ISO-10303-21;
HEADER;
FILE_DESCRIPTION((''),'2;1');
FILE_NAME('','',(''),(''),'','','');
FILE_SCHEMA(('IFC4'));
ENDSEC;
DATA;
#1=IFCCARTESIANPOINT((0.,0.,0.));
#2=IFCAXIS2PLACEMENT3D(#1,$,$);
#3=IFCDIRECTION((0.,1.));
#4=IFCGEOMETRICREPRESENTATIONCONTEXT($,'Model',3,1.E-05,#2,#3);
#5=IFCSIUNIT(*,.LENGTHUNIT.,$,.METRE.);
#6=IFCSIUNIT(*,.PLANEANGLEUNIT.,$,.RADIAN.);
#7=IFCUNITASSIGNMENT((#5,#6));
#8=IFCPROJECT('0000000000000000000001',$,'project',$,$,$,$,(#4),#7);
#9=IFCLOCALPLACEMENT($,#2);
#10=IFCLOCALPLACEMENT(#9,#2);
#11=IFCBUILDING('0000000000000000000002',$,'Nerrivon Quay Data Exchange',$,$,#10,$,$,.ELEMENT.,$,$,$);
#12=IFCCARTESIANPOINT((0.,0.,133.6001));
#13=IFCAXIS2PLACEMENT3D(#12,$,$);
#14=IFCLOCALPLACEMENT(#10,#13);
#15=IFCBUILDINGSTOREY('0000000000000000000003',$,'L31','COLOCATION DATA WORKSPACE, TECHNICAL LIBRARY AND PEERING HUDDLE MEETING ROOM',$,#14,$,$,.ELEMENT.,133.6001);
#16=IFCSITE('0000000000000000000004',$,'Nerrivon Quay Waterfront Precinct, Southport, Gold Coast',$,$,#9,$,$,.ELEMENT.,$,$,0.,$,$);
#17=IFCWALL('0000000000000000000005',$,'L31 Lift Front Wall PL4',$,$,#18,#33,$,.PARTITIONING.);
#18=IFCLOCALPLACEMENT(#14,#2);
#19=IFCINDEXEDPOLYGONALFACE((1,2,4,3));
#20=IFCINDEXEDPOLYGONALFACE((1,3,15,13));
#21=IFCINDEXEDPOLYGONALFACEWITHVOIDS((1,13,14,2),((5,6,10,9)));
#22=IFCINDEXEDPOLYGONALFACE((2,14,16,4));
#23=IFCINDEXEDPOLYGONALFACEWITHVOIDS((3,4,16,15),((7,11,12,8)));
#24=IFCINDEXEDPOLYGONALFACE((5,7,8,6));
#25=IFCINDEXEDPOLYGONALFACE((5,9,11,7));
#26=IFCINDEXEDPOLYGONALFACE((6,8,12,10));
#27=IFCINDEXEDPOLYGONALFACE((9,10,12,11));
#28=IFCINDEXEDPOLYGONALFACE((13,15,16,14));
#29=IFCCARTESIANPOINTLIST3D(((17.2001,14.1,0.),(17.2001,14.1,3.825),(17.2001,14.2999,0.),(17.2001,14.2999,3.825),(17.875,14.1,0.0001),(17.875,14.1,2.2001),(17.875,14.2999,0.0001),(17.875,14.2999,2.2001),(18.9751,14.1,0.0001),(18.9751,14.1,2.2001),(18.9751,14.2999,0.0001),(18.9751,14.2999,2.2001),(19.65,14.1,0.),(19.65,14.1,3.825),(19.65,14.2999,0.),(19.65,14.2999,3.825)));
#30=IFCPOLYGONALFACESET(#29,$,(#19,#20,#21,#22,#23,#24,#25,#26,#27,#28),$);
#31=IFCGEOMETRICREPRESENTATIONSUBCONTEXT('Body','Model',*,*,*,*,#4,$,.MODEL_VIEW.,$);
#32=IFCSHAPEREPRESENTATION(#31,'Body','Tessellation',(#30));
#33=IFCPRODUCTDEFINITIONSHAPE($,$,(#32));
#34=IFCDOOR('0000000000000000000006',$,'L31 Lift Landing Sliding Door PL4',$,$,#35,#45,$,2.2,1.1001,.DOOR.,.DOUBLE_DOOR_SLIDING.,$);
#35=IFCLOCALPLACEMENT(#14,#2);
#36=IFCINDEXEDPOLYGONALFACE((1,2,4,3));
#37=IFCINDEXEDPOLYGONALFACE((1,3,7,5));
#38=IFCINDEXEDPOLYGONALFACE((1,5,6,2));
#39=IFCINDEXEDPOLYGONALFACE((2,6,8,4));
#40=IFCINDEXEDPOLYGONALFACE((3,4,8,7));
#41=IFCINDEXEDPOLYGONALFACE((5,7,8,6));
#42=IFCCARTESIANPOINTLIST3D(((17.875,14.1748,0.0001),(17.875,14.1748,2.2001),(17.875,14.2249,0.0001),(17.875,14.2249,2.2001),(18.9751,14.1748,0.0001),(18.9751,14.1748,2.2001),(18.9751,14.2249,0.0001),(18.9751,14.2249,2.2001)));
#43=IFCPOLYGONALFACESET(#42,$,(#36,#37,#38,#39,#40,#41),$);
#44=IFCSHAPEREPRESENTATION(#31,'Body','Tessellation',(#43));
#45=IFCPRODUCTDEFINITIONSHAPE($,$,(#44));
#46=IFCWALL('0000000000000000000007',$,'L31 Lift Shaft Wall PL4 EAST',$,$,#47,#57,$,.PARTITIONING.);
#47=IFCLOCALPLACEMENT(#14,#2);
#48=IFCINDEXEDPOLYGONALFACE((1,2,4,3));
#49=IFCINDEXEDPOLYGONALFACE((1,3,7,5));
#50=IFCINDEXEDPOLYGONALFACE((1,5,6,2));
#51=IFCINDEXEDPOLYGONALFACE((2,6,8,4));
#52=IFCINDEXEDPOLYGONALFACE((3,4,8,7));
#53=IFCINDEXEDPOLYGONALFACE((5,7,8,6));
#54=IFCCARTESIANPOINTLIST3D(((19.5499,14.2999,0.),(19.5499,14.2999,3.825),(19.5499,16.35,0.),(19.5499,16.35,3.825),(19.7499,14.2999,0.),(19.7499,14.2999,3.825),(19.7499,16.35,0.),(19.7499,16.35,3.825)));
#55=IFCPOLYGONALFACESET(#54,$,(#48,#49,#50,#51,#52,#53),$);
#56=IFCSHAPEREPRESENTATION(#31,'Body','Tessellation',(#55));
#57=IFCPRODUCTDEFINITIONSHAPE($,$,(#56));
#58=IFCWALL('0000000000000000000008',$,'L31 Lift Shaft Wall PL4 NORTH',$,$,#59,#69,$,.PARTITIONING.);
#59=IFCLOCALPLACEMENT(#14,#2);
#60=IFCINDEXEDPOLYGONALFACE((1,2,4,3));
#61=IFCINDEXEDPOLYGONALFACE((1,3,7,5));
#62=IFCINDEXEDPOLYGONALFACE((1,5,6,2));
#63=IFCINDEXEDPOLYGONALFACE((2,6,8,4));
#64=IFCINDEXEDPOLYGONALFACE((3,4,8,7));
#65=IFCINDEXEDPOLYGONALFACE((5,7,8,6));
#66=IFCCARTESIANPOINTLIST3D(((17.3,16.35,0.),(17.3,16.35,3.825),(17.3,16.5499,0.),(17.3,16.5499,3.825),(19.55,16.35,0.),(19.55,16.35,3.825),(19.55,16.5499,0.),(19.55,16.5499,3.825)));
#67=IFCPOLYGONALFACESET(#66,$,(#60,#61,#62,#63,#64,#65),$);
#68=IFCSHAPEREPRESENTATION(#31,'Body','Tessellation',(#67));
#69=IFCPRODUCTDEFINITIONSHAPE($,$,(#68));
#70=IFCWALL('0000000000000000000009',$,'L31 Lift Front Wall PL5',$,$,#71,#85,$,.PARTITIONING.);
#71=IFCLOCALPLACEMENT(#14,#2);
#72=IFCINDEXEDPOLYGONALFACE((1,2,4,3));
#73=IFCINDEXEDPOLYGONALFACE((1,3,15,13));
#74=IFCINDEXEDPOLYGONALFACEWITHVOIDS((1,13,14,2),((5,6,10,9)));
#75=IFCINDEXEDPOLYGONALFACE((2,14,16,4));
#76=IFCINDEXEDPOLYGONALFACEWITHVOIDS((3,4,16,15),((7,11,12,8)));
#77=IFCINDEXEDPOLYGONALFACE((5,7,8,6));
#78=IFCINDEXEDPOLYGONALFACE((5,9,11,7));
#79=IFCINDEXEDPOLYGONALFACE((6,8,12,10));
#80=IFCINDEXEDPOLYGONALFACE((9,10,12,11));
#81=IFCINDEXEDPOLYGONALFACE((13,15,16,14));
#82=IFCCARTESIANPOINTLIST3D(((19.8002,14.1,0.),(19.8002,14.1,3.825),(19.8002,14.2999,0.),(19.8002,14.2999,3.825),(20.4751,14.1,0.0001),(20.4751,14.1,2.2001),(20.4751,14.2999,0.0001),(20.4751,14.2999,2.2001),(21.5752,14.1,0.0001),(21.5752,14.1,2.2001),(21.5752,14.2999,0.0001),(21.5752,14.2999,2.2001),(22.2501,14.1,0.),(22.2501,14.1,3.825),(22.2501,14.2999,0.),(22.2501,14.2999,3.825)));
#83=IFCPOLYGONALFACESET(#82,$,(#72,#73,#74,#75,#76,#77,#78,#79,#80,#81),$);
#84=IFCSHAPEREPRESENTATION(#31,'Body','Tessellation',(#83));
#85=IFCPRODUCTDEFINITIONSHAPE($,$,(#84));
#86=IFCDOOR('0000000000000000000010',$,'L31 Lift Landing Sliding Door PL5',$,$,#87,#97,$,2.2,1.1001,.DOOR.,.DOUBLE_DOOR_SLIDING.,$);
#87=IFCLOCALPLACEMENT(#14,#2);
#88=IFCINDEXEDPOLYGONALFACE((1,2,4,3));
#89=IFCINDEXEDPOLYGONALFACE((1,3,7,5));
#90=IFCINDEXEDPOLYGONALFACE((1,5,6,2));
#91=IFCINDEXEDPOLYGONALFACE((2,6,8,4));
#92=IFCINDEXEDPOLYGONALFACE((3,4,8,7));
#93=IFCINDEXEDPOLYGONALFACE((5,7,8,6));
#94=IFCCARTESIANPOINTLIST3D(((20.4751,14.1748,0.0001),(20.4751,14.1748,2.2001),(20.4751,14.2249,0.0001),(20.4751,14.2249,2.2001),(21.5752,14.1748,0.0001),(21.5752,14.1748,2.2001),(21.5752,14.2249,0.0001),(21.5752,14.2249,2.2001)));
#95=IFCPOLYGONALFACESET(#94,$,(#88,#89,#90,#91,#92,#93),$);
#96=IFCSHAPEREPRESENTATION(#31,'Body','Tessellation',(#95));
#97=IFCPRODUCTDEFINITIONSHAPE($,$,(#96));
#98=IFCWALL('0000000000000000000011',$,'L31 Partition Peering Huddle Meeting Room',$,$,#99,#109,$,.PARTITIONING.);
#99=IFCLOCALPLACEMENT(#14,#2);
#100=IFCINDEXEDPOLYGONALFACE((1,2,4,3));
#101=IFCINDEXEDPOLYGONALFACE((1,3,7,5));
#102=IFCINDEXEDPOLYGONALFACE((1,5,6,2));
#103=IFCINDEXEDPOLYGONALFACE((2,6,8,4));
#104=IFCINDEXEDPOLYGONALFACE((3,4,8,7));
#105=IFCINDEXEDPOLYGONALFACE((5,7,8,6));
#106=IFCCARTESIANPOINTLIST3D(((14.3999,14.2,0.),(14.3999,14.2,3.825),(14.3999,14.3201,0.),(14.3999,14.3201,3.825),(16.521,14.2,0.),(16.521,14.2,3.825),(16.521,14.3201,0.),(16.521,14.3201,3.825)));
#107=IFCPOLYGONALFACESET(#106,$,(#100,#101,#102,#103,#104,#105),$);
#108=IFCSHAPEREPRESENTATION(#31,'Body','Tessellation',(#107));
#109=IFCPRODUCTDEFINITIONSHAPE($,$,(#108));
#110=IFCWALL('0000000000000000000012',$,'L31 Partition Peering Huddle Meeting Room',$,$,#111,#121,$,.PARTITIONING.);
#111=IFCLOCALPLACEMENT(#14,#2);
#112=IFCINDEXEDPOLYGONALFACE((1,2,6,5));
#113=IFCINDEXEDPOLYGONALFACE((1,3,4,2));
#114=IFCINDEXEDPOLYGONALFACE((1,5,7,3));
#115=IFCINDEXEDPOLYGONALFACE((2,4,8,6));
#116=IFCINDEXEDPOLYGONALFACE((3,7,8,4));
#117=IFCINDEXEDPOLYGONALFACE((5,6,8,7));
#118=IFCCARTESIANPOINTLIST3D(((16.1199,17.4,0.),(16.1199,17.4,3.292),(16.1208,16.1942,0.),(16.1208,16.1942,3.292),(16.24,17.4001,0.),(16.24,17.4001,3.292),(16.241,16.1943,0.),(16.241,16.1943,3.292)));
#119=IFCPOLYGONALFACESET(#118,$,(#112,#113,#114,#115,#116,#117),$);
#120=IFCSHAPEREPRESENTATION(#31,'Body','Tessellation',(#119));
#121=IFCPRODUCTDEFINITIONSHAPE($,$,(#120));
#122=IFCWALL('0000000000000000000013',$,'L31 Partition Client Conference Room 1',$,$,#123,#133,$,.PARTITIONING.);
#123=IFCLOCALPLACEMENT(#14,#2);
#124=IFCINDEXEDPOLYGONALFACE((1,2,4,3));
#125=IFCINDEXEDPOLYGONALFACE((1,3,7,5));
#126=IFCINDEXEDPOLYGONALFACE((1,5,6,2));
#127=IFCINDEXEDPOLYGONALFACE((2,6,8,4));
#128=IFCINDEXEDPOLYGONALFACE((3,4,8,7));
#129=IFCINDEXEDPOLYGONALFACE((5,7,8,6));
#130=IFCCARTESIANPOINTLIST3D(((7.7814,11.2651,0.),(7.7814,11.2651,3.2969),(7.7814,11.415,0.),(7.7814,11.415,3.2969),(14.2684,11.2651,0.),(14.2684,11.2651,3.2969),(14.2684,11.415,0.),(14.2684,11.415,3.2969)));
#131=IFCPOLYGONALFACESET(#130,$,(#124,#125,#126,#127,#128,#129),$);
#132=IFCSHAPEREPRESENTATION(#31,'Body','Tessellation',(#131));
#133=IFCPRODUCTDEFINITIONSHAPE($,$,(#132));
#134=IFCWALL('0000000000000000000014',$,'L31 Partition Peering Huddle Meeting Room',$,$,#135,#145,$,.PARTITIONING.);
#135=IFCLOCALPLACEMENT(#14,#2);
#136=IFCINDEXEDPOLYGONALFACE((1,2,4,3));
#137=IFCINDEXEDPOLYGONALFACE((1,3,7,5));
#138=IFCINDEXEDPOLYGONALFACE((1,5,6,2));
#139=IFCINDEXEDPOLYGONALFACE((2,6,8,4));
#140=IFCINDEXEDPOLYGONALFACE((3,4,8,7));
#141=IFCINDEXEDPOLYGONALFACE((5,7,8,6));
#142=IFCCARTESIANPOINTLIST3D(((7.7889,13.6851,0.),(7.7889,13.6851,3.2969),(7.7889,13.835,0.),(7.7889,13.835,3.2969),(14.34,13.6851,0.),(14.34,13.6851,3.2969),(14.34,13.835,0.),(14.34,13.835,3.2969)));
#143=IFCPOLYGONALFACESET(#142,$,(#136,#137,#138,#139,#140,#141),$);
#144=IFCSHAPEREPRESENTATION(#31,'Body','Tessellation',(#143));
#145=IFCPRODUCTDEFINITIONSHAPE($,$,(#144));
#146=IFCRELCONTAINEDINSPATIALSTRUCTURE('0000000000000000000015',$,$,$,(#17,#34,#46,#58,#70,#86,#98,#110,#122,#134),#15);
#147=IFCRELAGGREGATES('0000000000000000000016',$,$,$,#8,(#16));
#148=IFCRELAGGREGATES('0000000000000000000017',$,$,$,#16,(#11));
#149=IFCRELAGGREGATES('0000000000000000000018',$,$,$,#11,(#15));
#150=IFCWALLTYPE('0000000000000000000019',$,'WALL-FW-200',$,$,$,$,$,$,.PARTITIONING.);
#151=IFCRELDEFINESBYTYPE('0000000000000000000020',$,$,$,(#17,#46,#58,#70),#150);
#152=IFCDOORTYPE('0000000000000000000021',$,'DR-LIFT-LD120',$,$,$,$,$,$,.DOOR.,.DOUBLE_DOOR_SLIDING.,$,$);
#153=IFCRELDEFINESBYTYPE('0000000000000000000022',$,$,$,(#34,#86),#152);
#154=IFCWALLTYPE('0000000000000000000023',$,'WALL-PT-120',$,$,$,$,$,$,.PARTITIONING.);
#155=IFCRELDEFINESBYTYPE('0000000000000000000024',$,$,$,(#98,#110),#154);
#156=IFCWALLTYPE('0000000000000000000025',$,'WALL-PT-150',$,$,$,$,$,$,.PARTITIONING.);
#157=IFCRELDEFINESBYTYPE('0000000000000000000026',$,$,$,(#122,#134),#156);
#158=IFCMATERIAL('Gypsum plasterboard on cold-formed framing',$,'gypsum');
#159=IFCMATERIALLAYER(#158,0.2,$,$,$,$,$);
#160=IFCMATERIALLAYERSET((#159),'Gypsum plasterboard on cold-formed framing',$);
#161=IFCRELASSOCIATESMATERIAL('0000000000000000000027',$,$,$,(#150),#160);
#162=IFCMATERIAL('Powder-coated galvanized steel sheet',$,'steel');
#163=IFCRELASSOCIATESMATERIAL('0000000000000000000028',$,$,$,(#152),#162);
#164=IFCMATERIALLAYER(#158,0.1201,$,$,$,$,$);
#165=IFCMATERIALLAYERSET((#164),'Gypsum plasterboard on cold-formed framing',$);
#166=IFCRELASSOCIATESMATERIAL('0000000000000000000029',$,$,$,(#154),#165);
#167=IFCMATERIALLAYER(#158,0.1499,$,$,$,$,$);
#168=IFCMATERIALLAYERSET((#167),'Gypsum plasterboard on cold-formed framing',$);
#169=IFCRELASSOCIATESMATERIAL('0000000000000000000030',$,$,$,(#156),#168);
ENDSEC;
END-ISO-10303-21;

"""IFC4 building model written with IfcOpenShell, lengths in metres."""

from ifc_helpers import new_model, si_unit, direction, frame, frame_2d, origin, place, context, subcontext, project, spatial, rectangle, extrude, material, layer, layer_set, type_object, element, fill, save


model = new_model("IFC4")

# Units and contexts
model_context = context("Model", 3, precision=1e-05, world=origin(), true_north=direction((0.0, 1.0)))
body_context = subcontext(model_context, "Body", "Model", "MODEL_VIEW")
ifc_project = project(units=[si_unit("LENGTHUNIT", "METRE"), si_unit("PLANEANGLEUNIT", "RADIAN")], contexts=[model_context])

# Site, building, storey
site_placement = place(None, origin())
site = spatial("IfcSite", under=ifc_project, at=site_placement, Name="Nerrivon Quay Waterfront Precinct, Southport, Gold Coast", CompositionType="ELEMENT", RefElevation=0.0)
building_placement = place(site_placement, origin())
building = spatial("IfcBuilding", under=site, at=building_placement, Name="Nerrivon Quay Data Exchange", CompositionType="ELEMENT")
storey_placement = place(building_placement, frame((0.0, 0.0, 133.6001)))
storey = spatial("IfcBuildingStorey", under=building, at=storey_placement, Name="L31", Description="COLOCATION DATA WORKSPACE, TECHNICAL LIBRARY AND PEERING HUDDLE MEETING ROOM", CompositionType="ELEMENT", Elevation=133.6001)

# Shared definitions
ifc_material_1 = material(Name="Powder-coated galvanized steel sheet", Category="steel")
ifc_material_2 = material(Name="Gypsum plasterboard on cold-formed framing", Category="gypsum")
ifc_layer_1 = layer(ifc_material_2, 0.2)
ifc_layer_set_1 = layer_set([ifc_layer_1], Name="Gypsum plasterboard on cold-formed framing")
wall_type_1 = type_object("IfcWallType", Name="WALL-FW-200", PredefinedType="PARTITIONING", material=ifc_layer_set_1)
door_type_1 = type_object("IfcDoorType", Name="DR-LIFT-LD120", OperationType="DOUBLE_DOOR_SLIDING", PredefinedType="DOOR", material=ifc_material_1)

# Wall, opening, door
wall_1_placement = place(storey_placement, frame((17.2, 14.2, 0.0), z_axis=(0.0, 0.0, 1.0), x_axis=(1.0, 0.0, 0.0)))
wall_1 = element("IfcWall", 1, at=wall_1_placement, inside=storey, type_object=wall_type_1, Name="L31 Lift Front Wall PL4", PredefinedType="PARTITIONING", context=body_context, shape_type="SweptSolid", body=[
    extrude(rectangle(XDim=2.45, YDim=0.2, at=frame_2d((1.2251, 0.0))), origin(), (0.0, 0.0, 1.0), 3.825),
])
opening_1_placement = place(wall_1_placement, frame((0.675, 0.0, 0.0)))
opening_1 = element("IfcOpeningElement", 2, at=opening_1_placement, cuts=wall_1, PredefinedType="OPENING", context=body_context, shape_type="SweptSolid", body=[
    extrude(rectangle(XDim=1.1001, YDim=2.2, at=frame_2d((0.55, 1.1001))), frame((0.0, 0.1099, 0.0), z_axis=(0.0, -1.0, 0.0), x_axis=(1.0, 0.0, 0.0)), (0.0, 0.0, 1.0), 0.22),
])
door_1_placement = place(opening_1_placement, origin())
door_1 = element("IfcDoor", 3, at=door_1_placement, inside=storey, type_object=door_type_1, Name="L31 Lift Landing Sliding Door PL4", OperationType="DOUBLE_DOOR_SLIDING", OverallHeight=2.2, OverallWidth=1.1001, PredefinedType="DOOR", context=body_context, shape_type="SweptSolid", body=[
    extrude(rectangle(XDim=1.1001, YDim=2.2, at=frame_2d((0.55, 1.1001))), frame((0.0, 0.0249, 0.0), z_axis=(0.0, -1.0, 0.0), x_axis=(1.0, 0.0, 0.0)), (0.0, 0.0, 1.0), 0.05),
])
fill(opening_1, door_1)

# Walls
wall_2_placement = place(storey_placement, frame((19.6499, 14.3, 0.0), z_axis=(0.0, 0.0, 1.0), x_axis=(0.0, 1.0, 0.0)))
element("IfcWall", 4, at=wall_2_placement, inside=storey, type_object=wall_type_1, Name="L31 Lift Shaft Wall PL4 EAST", PredefinedType="PARTITIONING", context=body_context, shape_type="SweptSolid", body=[
    extrude(rectangle(XDim=2.05, YDim=0.2, at=frame_2d((1.0249, 0.0))), origin(), (0.0, 0.0, 1.0), 3.825),
])
wall_3_placement = place(storey_placement, frame((17.3, 16.45, 0.0), z_axis=(0.0, 0.0, 1.0), x_axis=(1.0, 0.0, 0.0)))
element("IfcWall", 5, at=wall_3_placement, inside=storey, type_object=wall_type_1, Name="L31 Lift Shaft Wall PL4 NORTH", PredefinedType="PARTITIONING", context=body_context, shape_type="SweptSolid", body=[
    extrude(rectangle(XDim=2.25, YDim=0.2, at=frame_2d((1.125, 0.0))), origin(), (0.0, 0.0, 1.0), 3.825),
])

# Wall, opening, door
wall_4_placement = place(storey_placement, frame((19.8, 14.2, 0.0), z_axis=(0.0, 0.0, 1.0), x_axis=(1.0, 0.0, 0.0)))
wall_4 = element("IfcWall", 6, at=wall_4_placement, inside=storey, type_object=wall_type_1, Name="L31 Lift Front Wall PL5", PredefinedType="PARTITIONING", context=body_context, shape_type="SweptSolid", body=[
    extrude(rectangle(XDim=2.45, YDim=0.2, at=frame_2d((1.2251, 0.0))), origin(), (0.0, 0.0, 1.0), 3.825),
])
opening_2_placement = place(wall_4_placement, frame((0.675, 0.0, 0.0)))
opening_2 = element("IfcOpeningElement", 7, at=opening_2_placement, cuts=wall_4, PredefinedType="OPENING", context=body_context, shape_type="SweptSolid", body=[
    extrude(rectangle(XDim=1.1001, YDim=2.2, at=frame_2d((0.55, 1.1001))), frame((0.0, 0.1099, 0.0), z_axis=(0.0, -1.0, 0.0), x_axis=(1.0, 0.0, 0.0)), (0.0, 0.0, 1.0), 0.22),
])
door_2_placement = place(opening_2_placement, origin())
door_2 = element("IfcDoor", 8, at=door_2_placement, inside=storey, type_object=door_type_1, Name="L31 Lift Landing Sliding Door PL5", OperationType="DOUBLE_DOOR_SLIDING", OverallHeight=2.2, OverallWidth=1.1001, PredefinedType="DOOR", context=body_context, shape_type="SweptSolid", body=[
    extrude(rectangle(XDim=1.1001, YDim=2.2, at=frame_2d((0.55, 1.1001))), frame((0.0, 0.0249, 0.0), z_axis=(0.0, -1.0, 0.0), x_axis=(1.0, 0.0, 0.0)), (0.0, 0.0, 1.0), 0.05),
])
fill(opening_2, door_2)

# Walls
ifc_layer_2 = layer(ifc_material_2, 0.1201)
ifc_layer_set_2 = layer_set([ifc_layer_2], Name="Gypsum plasterboard on cold-formed framing")
wall_type_2 = type_object("IfcWallType", Name="WALL-PT-120", PredefinedType="PARTITIONING", material=ifc_layer_set_2)
wall_5_placement = place(storey_placement, frame((14.3999, 14.26, 0.0), z_axis=(0.0, 0.0, 1.0), x_axis=(1.0, 0.0, 0.0)))
element("IfcWall", 9, at=wall_5_placement, inside=storey, type_object=wall_type_2, Name="L31 Partition Peering Huddle Meeting Room", PredefinedType="PARTITIONING", context=body_context, shape_type="SweptSolid", body=[
    extrude(rectangle(XDim=2.1211, YDim=0.1201, at=frame_2d((1.0605, 0.0))), origin(), (0.0, 0.0, 1.0), 3.825),
])
wall_6_placement = place(storey_placement, frame((16.1809, 16.1941, 0.0), z_axis=(0.0, 0.0, 1.0), x_axis=(-0.00081, 1.0, 0.0)))
element("IfcWall", 10, at=wall_6_placement, inside=storey, type_object=wall_type_2, Name="L31 Partition Peering Huddle Meeting Room", PredefinedType="PARTITIONING", context=body_context, shape_type="SweptSolid", body=[
    extrude(rectangle(XDim=1.2058, YDim=0.1201, at=frame_2d((0.603, 0.0))), origin(), (0.0, 0.0, 1.0), 3.292),
])
ifc_layer_3 = layer(ifc_material_2, 0.1499)
ifc_layer_set_3 = layer_set([ifc_layer_3], Name="Gypsum plasterboard on cold-formed framing")
wall_type_3 = type_object("IfcWallType", Name="WALL-PT-150", PredefinedType="PARTITIONING", material=ifc_layer_set_3)
wall_7_placement = place(storey_placement, frame((14.2686, 11.3401, 0.0), z_axis=(0.0, 0.0, 1.0), x_axis=(-1.0, 0.0, 0.0)))
element("IfcWall", 11, at=wall_7_placement, inside=storey, type_object=wall_type_3, Name="L31 Partition Client Conference Room 1", PredefinedType="PARTITIONING", context=body_context, shape_type="SweptSolid", body=[
    extrude(rectangle(XDim=6.4871, YDim=0.1499, at=frame_2d((3.2437, 0.0))), origin(), (0.0, 0.0, 1.0), 3.2969),
])
wall_8_placement = place(storey_placement, frame((7.7891, 13.76, 0.0), z_axis=(0.0, 0.0, 1.0), x_axis=(1.0, 0.0, 0.0)))
element("IfcWall", 12, at=wall_8_placement, inside=storey, type_object=wall_type_3, Name="L31 Partition Peering Huddle Meeting Room", PredefinedType="PARTITIONING", context=body_context, shape_type="SweptSolid", body=[
    extrude(rectangle(XDim=6.551, YDim=0.1499, at=frame_2d((3.2754, 0.0))), origin(), (0.0, 0.0, 1.0), 3.2969),
])

save(model, "model.ifc")
